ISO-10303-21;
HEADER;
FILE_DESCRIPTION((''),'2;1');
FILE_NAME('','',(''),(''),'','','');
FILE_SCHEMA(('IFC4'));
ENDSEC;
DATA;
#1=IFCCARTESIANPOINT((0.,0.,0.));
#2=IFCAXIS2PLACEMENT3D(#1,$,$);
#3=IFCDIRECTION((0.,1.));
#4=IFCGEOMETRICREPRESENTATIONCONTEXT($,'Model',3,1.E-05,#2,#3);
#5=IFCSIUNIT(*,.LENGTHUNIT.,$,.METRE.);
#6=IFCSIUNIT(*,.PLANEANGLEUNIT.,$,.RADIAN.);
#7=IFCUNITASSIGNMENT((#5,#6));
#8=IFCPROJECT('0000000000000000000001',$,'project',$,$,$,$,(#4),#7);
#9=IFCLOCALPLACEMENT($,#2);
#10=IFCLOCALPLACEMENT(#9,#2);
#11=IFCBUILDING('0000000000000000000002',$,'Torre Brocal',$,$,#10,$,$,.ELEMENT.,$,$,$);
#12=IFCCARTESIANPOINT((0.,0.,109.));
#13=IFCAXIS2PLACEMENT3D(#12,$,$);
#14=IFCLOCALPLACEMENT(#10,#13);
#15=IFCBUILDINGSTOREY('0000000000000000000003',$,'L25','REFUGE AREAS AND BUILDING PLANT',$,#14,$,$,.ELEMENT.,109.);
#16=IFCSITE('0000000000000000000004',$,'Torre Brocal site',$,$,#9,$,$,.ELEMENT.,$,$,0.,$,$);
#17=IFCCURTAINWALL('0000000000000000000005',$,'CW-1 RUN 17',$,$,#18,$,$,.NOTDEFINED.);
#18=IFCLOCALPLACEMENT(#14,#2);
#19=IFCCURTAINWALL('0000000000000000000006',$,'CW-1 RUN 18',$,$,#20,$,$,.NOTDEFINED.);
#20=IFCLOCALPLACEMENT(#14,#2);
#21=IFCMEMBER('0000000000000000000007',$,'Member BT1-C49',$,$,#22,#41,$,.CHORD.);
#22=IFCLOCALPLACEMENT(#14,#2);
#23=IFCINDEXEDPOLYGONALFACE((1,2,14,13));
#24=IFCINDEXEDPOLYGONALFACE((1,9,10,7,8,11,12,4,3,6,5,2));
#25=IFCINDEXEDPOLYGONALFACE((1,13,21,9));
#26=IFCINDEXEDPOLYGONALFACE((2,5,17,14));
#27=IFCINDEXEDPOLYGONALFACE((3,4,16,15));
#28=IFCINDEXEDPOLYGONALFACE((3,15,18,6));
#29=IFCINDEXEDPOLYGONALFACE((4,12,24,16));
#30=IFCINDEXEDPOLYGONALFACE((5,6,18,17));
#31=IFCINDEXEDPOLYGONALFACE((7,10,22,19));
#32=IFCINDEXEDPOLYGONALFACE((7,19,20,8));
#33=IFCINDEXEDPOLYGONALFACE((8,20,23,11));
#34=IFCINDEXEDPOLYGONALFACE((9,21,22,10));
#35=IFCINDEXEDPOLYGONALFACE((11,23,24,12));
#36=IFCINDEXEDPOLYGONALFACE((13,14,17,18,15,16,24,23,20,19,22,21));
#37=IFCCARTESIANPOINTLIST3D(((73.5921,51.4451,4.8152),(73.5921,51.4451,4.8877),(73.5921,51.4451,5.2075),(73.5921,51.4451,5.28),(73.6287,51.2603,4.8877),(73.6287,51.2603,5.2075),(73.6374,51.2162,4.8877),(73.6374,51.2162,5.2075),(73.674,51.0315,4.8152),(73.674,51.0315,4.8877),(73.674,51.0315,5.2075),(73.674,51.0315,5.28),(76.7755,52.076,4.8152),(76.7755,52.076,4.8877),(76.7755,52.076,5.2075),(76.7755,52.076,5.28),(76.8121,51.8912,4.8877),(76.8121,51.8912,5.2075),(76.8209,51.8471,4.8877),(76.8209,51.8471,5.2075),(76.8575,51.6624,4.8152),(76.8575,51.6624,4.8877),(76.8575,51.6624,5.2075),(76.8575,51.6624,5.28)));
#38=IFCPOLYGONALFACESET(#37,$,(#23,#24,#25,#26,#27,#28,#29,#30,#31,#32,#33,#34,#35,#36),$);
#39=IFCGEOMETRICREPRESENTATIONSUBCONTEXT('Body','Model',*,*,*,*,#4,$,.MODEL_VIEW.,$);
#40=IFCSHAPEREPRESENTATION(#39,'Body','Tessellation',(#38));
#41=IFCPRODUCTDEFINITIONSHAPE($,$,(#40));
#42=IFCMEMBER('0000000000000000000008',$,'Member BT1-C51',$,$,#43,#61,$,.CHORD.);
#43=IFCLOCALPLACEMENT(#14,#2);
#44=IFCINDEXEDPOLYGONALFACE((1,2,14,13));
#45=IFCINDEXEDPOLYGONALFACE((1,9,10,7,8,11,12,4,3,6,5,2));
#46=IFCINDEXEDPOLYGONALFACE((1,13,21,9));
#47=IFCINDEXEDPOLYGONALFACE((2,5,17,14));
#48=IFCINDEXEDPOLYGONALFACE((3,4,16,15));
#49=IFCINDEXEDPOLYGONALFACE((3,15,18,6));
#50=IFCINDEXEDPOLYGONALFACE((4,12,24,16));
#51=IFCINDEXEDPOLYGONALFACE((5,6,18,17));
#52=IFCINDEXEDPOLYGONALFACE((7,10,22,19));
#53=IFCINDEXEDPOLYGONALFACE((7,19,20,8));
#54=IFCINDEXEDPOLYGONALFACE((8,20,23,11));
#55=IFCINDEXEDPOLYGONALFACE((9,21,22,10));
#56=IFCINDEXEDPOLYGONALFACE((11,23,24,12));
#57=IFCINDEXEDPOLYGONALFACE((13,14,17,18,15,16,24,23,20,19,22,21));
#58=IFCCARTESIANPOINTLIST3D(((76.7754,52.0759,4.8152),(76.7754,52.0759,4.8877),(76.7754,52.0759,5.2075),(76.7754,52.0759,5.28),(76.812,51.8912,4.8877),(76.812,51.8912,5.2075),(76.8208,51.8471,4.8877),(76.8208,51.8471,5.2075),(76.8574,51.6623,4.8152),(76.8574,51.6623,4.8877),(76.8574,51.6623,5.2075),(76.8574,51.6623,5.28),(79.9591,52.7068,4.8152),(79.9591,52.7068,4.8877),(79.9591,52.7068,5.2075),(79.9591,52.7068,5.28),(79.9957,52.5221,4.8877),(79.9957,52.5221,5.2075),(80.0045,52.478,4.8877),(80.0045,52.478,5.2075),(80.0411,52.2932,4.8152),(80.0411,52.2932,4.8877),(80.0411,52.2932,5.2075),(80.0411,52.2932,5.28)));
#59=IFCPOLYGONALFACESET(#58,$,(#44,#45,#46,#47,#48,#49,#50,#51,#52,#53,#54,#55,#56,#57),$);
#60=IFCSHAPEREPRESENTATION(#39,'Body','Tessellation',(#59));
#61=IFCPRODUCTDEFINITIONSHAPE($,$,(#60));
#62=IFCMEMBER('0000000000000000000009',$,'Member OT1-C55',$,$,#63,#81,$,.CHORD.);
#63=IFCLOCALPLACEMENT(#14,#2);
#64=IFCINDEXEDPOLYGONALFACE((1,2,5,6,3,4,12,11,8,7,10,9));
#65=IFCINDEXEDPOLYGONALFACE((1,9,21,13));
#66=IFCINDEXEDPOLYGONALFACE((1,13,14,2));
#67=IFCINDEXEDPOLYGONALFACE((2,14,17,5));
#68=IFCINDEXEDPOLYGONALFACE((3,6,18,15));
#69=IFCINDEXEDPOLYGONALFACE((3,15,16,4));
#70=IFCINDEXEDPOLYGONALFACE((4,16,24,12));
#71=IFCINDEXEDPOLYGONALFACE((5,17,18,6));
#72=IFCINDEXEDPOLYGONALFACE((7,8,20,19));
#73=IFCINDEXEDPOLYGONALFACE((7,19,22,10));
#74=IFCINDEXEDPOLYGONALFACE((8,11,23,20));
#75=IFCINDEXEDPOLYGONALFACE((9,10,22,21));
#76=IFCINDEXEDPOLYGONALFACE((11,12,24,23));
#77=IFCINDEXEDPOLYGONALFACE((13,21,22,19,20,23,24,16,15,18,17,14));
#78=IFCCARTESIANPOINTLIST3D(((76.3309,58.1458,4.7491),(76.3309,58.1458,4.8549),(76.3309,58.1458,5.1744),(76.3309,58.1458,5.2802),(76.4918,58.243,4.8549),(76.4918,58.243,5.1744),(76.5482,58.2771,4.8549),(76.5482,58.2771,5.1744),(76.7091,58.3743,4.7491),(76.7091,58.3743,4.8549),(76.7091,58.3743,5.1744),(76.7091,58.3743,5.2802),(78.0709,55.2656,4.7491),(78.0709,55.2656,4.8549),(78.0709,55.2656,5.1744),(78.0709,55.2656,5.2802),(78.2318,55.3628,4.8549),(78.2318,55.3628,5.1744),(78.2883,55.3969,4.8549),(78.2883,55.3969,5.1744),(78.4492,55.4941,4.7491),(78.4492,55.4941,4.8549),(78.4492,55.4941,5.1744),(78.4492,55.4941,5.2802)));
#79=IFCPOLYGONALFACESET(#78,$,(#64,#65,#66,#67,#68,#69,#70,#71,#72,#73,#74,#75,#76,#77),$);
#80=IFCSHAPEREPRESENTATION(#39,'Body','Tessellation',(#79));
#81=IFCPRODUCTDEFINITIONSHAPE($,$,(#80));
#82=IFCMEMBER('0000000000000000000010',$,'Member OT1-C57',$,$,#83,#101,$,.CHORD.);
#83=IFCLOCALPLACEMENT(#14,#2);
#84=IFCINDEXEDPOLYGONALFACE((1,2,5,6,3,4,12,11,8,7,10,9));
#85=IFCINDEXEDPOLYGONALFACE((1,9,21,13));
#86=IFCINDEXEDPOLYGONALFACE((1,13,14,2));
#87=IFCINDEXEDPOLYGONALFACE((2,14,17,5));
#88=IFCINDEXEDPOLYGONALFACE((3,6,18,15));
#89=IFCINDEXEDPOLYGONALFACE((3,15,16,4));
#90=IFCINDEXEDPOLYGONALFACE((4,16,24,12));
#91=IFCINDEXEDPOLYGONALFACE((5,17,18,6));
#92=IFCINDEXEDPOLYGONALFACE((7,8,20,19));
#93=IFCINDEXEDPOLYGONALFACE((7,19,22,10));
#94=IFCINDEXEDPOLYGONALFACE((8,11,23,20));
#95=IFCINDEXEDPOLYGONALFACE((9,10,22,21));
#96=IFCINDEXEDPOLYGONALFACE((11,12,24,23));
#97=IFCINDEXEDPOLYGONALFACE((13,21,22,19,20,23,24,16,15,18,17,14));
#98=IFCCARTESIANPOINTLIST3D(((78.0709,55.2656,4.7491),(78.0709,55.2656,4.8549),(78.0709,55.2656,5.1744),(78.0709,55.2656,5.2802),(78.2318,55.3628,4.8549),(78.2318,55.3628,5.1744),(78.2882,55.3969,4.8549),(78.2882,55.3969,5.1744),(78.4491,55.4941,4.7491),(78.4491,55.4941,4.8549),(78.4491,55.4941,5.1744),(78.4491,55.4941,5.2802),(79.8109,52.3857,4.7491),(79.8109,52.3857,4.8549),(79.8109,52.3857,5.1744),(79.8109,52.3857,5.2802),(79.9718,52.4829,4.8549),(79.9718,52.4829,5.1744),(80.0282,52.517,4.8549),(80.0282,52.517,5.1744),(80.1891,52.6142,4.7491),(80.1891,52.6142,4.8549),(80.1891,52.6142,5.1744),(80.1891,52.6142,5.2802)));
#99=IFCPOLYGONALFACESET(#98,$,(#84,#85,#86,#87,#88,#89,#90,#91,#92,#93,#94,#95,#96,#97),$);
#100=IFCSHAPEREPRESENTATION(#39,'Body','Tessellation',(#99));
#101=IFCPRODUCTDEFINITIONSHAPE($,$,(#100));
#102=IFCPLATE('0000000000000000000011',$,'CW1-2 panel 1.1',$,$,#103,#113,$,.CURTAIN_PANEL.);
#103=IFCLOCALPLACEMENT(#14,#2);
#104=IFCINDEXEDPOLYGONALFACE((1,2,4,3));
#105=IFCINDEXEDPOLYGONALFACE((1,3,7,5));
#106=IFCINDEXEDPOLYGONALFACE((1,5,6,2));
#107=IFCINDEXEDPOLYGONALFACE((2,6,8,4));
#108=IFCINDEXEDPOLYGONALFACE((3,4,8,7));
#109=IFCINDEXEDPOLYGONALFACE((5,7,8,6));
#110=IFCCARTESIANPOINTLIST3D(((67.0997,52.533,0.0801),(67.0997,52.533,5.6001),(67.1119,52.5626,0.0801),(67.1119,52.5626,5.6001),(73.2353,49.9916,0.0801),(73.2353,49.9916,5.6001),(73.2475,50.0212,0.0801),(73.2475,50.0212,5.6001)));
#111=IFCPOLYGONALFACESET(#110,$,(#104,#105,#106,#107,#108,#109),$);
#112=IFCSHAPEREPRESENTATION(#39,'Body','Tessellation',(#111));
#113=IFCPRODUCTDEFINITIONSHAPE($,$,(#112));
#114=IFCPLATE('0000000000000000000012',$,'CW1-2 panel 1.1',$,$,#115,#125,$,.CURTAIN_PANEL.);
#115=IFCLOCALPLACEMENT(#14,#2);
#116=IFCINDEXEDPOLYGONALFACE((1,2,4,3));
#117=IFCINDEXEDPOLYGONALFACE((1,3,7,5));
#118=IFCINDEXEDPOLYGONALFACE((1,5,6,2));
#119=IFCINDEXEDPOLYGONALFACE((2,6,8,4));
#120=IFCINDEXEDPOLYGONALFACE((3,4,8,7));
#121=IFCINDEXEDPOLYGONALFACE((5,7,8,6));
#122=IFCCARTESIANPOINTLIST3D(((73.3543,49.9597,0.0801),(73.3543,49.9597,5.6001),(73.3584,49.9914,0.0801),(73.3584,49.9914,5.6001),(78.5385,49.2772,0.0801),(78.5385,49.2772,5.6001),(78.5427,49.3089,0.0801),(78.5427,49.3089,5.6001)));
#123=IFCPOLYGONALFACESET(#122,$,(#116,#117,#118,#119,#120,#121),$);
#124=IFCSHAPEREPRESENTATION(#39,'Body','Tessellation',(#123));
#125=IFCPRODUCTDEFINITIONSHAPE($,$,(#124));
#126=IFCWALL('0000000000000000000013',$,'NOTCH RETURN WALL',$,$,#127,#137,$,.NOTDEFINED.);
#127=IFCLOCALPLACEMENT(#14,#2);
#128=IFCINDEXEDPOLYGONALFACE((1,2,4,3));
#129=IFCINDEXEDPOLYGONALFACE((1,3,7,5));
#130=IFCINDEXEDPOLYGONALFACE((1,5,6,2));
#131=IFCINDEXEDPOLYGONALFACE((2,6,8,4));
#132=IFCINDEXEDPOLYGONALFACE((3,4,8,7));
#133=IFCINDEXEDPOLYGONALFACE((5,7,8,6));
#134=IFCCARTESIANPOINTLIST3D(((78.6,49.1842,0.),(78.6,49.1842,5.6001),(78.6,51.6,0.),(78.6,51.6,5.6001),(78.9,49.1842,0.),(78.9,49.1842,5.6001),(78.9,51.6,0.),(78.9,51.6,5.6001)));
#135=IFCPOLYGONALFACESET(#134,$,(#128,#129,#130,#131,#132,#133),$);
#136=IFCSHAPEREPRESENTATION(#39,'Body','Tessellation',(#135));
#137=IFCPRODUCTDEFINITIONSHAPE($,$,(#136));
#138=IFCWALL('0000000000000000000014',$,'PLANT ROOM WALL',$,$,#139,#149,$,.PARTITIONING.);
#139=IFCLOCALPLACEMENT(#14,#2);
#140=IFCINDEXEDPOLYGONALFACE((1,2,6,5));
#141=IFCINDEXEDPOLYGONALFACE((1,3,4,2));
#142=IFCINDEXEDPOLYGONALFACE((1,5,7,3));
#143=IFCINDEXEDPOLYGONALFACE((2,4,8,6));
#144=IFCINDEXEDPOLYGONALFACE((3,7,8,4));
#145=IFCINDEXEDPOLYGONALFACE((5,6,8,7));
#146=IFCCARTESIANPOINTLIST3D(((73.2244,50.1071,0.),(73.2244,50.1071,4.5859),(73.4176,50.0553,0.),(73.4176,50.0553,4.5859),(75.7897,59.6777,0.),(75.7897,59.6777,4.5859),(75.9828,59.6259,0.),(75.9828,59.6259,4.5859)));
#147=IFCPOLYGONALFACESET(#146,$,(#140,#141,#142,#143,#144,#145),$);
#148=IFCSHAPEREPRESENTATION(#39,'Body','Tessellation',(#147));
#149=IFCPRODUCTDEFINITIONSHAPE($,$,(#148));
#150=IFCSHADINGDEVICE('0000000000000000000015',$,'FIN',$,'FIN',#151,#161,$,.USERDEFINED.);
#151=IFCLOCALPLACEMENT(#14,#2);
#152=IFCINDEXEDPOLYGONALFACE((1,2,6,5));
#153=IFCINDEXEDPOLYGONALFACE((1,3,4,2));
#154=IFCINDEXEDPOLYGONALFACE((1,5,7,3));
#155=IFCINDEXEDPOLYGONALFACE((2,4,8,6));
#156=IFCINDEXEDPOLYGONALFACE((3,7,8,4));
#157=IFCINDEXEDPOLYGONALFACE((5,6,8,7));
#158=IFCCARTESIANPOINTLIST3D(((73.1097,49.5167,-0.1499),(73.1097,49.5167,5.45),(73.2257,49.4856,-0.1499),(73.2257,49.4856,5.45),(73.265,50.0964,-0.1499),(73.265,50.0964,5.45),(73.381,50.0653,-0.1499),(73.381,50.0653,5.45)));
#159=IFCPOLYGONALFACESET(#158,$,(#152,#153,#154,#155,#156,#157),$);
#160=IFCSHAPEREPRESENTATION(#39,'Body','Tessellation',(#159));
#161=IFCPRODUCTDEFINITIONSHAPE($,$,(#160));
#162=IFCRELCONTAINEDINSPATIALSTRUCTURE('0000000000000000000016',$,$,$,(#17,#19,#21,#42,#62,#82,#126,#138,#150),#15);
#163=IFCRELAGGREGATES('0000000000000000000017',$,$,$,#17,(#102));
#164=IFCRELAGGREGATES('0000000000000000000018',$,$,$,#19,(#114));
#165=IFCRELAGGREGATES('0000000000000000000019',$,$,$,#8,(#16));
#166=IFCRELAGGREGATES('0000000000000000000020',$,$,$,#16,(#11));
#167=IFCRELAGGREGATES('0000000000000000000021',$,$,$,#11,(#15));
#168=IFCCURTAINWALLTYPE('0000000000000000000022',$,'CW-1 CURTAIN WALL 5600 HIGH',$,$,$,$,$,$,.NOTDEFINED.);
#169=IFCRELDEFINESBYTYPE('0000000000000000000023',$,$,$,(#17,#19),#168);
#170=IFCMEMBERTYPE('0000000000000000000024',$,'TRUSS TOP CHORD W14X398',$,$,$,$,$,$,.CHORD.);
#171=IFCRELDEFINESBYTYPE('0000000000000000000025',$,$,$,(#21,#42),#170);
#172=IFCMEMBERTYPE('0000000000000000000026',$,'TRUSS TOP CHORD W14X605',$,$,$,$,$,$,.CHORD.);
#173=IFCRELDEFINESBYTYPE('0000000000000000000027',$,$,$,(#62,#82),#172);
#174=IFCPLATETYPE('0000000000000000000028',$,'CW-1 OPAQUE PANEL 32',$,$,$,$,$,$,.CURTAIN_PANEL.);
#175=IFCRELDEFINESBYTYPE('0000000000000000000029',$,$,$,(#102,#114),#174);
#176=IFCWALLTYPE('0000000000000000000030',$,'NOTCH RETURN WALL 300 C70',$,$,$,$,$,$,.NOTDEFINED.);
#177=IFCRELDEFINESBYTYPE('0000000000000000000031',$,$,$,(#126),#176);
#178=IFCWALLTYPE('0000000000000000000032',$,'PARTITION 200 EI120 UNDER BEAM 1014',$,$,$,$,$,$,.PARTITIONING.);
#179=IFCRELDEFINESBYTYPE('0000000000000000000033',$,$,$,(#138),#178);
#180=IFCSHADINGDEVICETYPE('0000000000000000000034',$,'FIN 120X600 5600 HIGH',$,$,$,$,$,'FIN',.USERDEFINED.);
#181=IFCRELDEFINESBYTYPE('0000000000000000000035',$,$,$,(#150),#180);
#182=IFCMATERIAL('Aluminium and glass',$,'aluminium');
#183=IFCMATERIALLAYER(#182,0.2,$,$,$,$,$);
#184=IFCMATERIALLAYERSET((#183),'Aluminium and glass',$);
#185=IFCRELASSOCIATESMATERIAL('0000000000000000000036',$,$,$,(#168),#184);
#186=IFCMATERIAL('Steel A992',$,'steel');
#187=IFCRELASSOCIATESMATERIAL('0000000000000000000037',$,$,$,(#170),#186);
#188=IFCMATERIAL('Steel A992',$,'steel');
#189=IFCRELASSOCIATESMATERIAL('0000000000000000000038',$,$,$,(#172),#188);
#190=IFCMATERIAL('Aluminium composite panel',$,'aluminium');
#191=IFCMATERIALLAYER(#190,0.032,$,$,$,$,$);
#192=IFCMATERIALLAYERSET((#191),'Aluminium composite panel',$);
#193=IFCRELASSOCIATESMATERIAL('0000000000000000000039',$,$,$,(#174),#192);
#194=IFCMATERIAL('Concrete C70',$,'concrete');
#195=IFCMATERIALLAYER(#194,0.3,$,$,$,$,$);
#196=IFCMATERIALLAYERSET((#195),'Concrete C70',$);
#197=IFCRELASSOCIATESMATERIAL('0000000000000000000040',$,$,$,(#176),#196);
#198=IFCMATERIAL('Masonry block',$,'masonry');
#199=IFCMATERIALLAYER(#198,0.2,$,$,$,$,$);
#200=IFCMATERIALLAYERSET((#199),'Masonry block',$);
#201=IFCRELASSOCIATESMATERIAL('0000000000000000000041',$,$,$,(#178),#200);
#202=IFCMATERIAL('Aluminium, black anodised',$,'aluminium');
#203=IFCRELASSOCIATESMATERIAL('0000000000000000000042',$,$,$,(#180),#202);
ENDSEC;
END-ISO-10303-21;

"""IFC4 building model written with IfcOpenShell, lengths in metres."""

from ifc_helpers import new_model, si_unit, direction, frame, frame_2d, origin, origin_2d, place, context, subcontext, project, spatial, rectangle, i_section, extrude, material, layer, layer_set, material_profile, profile_set, type_object, element, aggregate, save


model = new_model("IFC4")

# Units and contexts
model_context = context("Model", 3, precision=1e-05, world=origin(), true_north=direction((0.0, 1.0)))
body_context = subcontext(model_context, "Body", "Model", "MODEL_VIEW")
ifc_project = project(units=[si_unit("LENGTHUNIT", "METRE"), si_unit("PLANEANGLEUNIT", "RADIAN")], contexts=[model_context])

# Site, building, storey
site_placement = place(None, origin())
site = spatial("IfcSite", under=ifc_project, at=site_placement, Name="Torre Brocal site", CompositionType="ELEMENT", RefElevation=0.0)
building_placement = place(site_placement, origin())
building = spatial("IfcBuilding", under=site, at=building_placement, Name="Torre Brocal", CompositionType="ELEMENT")
storey_placement = place(building_placement, frame((0.0, 0.0, 109.0)))
storey = spatial("IfcBuildingStorey", under=building, at=storey_placement, Name="L25", Description="REFUGE AREAS AND BUILDING PLANT", CompositionType="ELEMENT", Elevation=109.0)

# Shared definitions
ifc_material_1 = material(Name="Aluminium and glass", Category="aluminium")
ifc_layer_1 = layer(ifc_material_1, 0.2)
ifc_layer_set_1 = layer_set([ifc_layer_1], Name="Aluminium and glass")
curtain_wall_type = type_object("IfcCurtainWallType", Name="CW-1 CURTAIN WALL 5600 HIGH", PredefinedType="NOTDEFINED", material=ifc_layer_set_1)

# Curtain walls
curtain_wall_1_placement = place(storey_placement, origin())
curtain_wall_1 = element("IfcCurtainWall", 1, at=curtain_wall_1_placement, inside=storey, type_object=curtain_wall_type, Name="CW-1 RUN 17", PredefinedType="NOTDEFINED")
curtain_wall_2_placement = place(storey_placement, origin())
curtain_wall_2 = element("IfcCurtainWall", 2, at=curtain_wall_2_placement, inside=storey, type_object=curtain_wall_type, Name="CW-1 RUN 18", PredefinedType="NOTDEFINED")

# Members
ifc_material_2 = material(Name="Steel A992", Category="steel")
ifc_material_profile_1 = material_profile(ifc_material_2, i_section(OverallWidth=0.4216, OverallDepth=0.4648, WebThickness=0.0449, FlangeThickness=0.0725, at=origin_2d()), Name="W14X398")
ifc_profile_set_1 = profile_set([ifc_material_profile_1], Name="Steel A992")
member_type_1 = type_object("IfcMemberType", Name="TRUSS TOP CHORD W14X398", PredefinedType="CHORD", material=ifc_profile_set_1)
member_1_placement = place(storey_placement, frame((73.6331, 51.2383, 5.0476), z_axis=(0.980923, 0.194394, 0.0), x_axis=(-0.194394, 0.980923, 0.0)))
element("IfcMember", 3, at=member_1_placement, inside=storey, type_object=member_type_1, Name="Member BT1-C49", PredefinedType="CHORD", context=body_context, shape_type="SweptSolid", body=[
    extrude(i_section(OverallWidth=0.4216, OverallDepth=0.4648, WebThickness=0.0449, FlangeThickness=0.0725, at=origin_2d()), origin(), (0.0, 0.0, 1.0), 3.2454),
])
member_2_placement = place(storey_placement, frame((76.8164, 51.8691, 5.0476), z_axis=(0.980926, 0.19438, 0.0), x_axis=(-0.19438, 0.980926, 0.0)))
element("IfcMember", 4, at=member_2_placement, inside=storey, type_object=member_type_1, Name="Member BT1-C51", PredefinedType="CHORD", context=body_context, shape_type="SweptSolid", body=[
    extrude(i_section(OverallWidth=0.4216, OverallDepth=0.4648, WebThickness=0.0449, FlangeThickness=0.0725, at=origin_2d()), origin(), (0.0, 0.0, 1.0), 3.2456),
])
ifc_material_3 = material(Name="Steel A992", Category="steel")
ifc_material_profile_2 = material_profile(ifc_material_3, i_section(OverallWidth=0.4419, OverallDepth=0.531, WebThickness=0.0659, FlangeThickness=0.1057, at=origin_2d()), Name="W14X605")
ifc_profile_set_2 = profile_set([ifc_material_profile_2], Name="Steel A992")
member_type_2 = type_object("IfcMemberType", Name="TRUSS TOP CHORD W14X605", PredefinedType="CHORD", material=ifc_profile_set_2)
member_3_placement = place(storey_placement, frame((76.52, 58.26, 5.0146), z_axis=(0.517097, -0.855927, 0.0), x_axis=(0.855927, 0.517097, 0.0)))
element("IfcMember", 5, at=member_3_placement, inside=storey, type_object=member_type_2, Name="Member OT1-C55", PredefinedType="CHORD", context=body_context, shape_type="SweptSolid", body=[
    extrude(i_section(OverallWidth=0.4419, OverallDepth=0.531, WebThickness=0.0659, FlangeThickness=0.1057, at=origin_2d()), origin(), (0.0, 0.0, 1.0), 3.365),
])
member_4_placement = place(storey_placement, frame((78.26, 55.3799, 5.0146), z_axis=(0.517129, -0.855908, 0.0), x_axis=(0.855908, 0.517129, 0.0)))
element("IfcMember", 6, at=member_4_placement, inside=storey, type_object=member_type_2, Name="Member OT1-C57", PredefinedType="CHORD", context=body_context, shape_type="SweptSolid", body=[
    extrude(i_section(OverallWidth=0.4419, OverallDepth=0.531, WebThickness=0.0659, FlangeThickness=0.1057, at=origin_2d()), origin(), (0.0, 0.0, 1.0), 3.3647),
])

# Plates
ifc_material_4 = material(Name="Aluminium composite panel", Category="aluminium")
ifc_layer_2 = layer(ifc_material_4, 0.032)
ifc_layer_set_2 = layer_set([ifc_layer_2], Name="Aluminium composite panel")
plate_type = type_object("IfcPlateType", Name="CW-1 OPAQUE PANEL 32", PredefinedType="CURTAIN_PANEL", material=ifc_layer_set_2)
plate_1_placement = place(storey_placement, frame((70.1736, 51.2771, 0.0801), z_axis=(0.0, 0.0, 1.0), x_axis=(0.92388, -0.382683, 0.0)))
plate_1 = element("IfcPlate", 7, at=plate_1_placement, type_object=plate_type, Name="CW1-2 panel 1.1", PredefinedType="CURTAIN_PANEL", context=body_context, shape_type="SweptSolid", body=[
    extrude(rectangle(XDim=6.6411, YDim=0.032, at=origin_2d()), origin(), (0.0, 0.0, 1.0), 5.52),
])
aggregate(curtain_wall_1, [plate_1])
plate_2_placement = place(storey_placement, frame((75.9485, 49.6343, 0.0801), z_axis=(0.0, 0.0, 1.0), x_axis=(0.991445, -0.130526, 0.0)))
plate_2 = element("IfcPlate", 8, at=plate_2_placement, type_object=plate_type, Name="CW1-2 panel 1.1", PredefinedType="CURTAIN_PANEL", context=body_context, shape_type="SweptSolid", body=[
    extrude(rectangle(XDim=5.229, YDim=0.032, at=origin_2d()), origin(), (0.0, 0.0, 1.0), 5.52),
])
aggregate(curtain_wall_2, [plate_2])

# Walls
ifc_material_5 = material(Name="Concrete C70", Category="concrete")
ifc_layer_3 = layer(ifc_material_5, 0.3)
ifc_layer_set_3 = layer_set([ifc_layer_3], Name="Concrete C70")
wall_type_1 = type_object("IfcWallType", Name="NOTCH RETURN WALL 300 C70", PredefinedType="NOTDEFINED", material=ifc_layer_set_3)
wall_1_placement = place(storey_placement, frame((78.75, 51.6001, 0.0), z_axis=(0.0, 0.0, 1.0), x_axis=(0.0, -1.0, 0.0)))
element("IfcWall", 9, at=wall_1_placement, inside=storey, type_object=wall_type_1, Name="NOTCH RETURN WALL", PredefinedType="NOTDEFINED", context=body_context, shape_type="SweptSolid", body=[
    extrude(rectangle(XDim=2.4158, YDim=0.3, at=frame_2d((1.208, 0.0))), origin(), (0.0, 0.0, 1.0), 5.6001),
])
ifc_material_6 = material(Name="Masonry block", Category="masonry")
ifc_layer_4 = layer(ifc_material_6, 0.2)
ifc_layer_set_4 = layer_set([ifc_layer_4], Name="Masonry block")
wall_type_2 = type_object("IfcWallType", Name="PARTITION 200 EI120 UNDER BEAM 1014", PredefinedType="PARTITIONING", material=ifc_layer_set_4)
wall_2_placement = place(storey_placement, frame((73.321, 50.0813, 0.0), z_axis=(0.0, 0.0, 1.0), x_axis=(0.258891, 0.965907, 0.0)))
element("IfcWall", 10, at=wall_2_placement, inside=storey, type_object=wall_type_2, Name="PLANT ROOM WALL", PredefinedType="PARTITIONING", context=body_context, shape_type="SweptSolid", body=[
    extrude(rectangle(XDim=9.9084, YDim=0.2, at=frame_2d((4.9541, 0.0))), origin(), (0.0, 0.0, 1.0), 4.5859),
])

# Shading device
ifc_material_7 = material(Name="Aluminium, black anodised", Category="aluminium")
ifc_material_profile_3 = material_profile(ifc_material_7, rectangle(XDim=0.1201, YDim=0.6001, at=origin_2d()), Name="FIN 120X600 5600 HIGH")
ifc_profile_set_3 = profile_set([ifc_material_profile_3], Name="Aluminium, black anodised")
shading_device_type = type_object("IfcShadingDeviceType", Name="FIN 120X600 5600 HIGH", ElementType="FIN", PredefinedType="USERDEFINED", material=ifc_profile_set_3)
shading_device_placement = place(storey_placement, frame((73.2454, 49.791, -0.1499), z_axis=(0.0, 0.0, 1.0), x_axis=(0.965926, -0.258819, 0.0)))
element("IfcShadingDevice", 11, at=shading_device_placement, inside=storey, type_object=shading_device_type, Name="FIN", ObjectType="FIN", PredefinedType="USERDEFINED", context=body_context, shape_type="SweptSolid", body=[
    extrude(rectangle(XDim=0.1201, YDim=0.6001, at=origin_2d()), origin(), (0.0, 0.0, 1.0), 5.5999),
])

save(model, "model.ifc")
